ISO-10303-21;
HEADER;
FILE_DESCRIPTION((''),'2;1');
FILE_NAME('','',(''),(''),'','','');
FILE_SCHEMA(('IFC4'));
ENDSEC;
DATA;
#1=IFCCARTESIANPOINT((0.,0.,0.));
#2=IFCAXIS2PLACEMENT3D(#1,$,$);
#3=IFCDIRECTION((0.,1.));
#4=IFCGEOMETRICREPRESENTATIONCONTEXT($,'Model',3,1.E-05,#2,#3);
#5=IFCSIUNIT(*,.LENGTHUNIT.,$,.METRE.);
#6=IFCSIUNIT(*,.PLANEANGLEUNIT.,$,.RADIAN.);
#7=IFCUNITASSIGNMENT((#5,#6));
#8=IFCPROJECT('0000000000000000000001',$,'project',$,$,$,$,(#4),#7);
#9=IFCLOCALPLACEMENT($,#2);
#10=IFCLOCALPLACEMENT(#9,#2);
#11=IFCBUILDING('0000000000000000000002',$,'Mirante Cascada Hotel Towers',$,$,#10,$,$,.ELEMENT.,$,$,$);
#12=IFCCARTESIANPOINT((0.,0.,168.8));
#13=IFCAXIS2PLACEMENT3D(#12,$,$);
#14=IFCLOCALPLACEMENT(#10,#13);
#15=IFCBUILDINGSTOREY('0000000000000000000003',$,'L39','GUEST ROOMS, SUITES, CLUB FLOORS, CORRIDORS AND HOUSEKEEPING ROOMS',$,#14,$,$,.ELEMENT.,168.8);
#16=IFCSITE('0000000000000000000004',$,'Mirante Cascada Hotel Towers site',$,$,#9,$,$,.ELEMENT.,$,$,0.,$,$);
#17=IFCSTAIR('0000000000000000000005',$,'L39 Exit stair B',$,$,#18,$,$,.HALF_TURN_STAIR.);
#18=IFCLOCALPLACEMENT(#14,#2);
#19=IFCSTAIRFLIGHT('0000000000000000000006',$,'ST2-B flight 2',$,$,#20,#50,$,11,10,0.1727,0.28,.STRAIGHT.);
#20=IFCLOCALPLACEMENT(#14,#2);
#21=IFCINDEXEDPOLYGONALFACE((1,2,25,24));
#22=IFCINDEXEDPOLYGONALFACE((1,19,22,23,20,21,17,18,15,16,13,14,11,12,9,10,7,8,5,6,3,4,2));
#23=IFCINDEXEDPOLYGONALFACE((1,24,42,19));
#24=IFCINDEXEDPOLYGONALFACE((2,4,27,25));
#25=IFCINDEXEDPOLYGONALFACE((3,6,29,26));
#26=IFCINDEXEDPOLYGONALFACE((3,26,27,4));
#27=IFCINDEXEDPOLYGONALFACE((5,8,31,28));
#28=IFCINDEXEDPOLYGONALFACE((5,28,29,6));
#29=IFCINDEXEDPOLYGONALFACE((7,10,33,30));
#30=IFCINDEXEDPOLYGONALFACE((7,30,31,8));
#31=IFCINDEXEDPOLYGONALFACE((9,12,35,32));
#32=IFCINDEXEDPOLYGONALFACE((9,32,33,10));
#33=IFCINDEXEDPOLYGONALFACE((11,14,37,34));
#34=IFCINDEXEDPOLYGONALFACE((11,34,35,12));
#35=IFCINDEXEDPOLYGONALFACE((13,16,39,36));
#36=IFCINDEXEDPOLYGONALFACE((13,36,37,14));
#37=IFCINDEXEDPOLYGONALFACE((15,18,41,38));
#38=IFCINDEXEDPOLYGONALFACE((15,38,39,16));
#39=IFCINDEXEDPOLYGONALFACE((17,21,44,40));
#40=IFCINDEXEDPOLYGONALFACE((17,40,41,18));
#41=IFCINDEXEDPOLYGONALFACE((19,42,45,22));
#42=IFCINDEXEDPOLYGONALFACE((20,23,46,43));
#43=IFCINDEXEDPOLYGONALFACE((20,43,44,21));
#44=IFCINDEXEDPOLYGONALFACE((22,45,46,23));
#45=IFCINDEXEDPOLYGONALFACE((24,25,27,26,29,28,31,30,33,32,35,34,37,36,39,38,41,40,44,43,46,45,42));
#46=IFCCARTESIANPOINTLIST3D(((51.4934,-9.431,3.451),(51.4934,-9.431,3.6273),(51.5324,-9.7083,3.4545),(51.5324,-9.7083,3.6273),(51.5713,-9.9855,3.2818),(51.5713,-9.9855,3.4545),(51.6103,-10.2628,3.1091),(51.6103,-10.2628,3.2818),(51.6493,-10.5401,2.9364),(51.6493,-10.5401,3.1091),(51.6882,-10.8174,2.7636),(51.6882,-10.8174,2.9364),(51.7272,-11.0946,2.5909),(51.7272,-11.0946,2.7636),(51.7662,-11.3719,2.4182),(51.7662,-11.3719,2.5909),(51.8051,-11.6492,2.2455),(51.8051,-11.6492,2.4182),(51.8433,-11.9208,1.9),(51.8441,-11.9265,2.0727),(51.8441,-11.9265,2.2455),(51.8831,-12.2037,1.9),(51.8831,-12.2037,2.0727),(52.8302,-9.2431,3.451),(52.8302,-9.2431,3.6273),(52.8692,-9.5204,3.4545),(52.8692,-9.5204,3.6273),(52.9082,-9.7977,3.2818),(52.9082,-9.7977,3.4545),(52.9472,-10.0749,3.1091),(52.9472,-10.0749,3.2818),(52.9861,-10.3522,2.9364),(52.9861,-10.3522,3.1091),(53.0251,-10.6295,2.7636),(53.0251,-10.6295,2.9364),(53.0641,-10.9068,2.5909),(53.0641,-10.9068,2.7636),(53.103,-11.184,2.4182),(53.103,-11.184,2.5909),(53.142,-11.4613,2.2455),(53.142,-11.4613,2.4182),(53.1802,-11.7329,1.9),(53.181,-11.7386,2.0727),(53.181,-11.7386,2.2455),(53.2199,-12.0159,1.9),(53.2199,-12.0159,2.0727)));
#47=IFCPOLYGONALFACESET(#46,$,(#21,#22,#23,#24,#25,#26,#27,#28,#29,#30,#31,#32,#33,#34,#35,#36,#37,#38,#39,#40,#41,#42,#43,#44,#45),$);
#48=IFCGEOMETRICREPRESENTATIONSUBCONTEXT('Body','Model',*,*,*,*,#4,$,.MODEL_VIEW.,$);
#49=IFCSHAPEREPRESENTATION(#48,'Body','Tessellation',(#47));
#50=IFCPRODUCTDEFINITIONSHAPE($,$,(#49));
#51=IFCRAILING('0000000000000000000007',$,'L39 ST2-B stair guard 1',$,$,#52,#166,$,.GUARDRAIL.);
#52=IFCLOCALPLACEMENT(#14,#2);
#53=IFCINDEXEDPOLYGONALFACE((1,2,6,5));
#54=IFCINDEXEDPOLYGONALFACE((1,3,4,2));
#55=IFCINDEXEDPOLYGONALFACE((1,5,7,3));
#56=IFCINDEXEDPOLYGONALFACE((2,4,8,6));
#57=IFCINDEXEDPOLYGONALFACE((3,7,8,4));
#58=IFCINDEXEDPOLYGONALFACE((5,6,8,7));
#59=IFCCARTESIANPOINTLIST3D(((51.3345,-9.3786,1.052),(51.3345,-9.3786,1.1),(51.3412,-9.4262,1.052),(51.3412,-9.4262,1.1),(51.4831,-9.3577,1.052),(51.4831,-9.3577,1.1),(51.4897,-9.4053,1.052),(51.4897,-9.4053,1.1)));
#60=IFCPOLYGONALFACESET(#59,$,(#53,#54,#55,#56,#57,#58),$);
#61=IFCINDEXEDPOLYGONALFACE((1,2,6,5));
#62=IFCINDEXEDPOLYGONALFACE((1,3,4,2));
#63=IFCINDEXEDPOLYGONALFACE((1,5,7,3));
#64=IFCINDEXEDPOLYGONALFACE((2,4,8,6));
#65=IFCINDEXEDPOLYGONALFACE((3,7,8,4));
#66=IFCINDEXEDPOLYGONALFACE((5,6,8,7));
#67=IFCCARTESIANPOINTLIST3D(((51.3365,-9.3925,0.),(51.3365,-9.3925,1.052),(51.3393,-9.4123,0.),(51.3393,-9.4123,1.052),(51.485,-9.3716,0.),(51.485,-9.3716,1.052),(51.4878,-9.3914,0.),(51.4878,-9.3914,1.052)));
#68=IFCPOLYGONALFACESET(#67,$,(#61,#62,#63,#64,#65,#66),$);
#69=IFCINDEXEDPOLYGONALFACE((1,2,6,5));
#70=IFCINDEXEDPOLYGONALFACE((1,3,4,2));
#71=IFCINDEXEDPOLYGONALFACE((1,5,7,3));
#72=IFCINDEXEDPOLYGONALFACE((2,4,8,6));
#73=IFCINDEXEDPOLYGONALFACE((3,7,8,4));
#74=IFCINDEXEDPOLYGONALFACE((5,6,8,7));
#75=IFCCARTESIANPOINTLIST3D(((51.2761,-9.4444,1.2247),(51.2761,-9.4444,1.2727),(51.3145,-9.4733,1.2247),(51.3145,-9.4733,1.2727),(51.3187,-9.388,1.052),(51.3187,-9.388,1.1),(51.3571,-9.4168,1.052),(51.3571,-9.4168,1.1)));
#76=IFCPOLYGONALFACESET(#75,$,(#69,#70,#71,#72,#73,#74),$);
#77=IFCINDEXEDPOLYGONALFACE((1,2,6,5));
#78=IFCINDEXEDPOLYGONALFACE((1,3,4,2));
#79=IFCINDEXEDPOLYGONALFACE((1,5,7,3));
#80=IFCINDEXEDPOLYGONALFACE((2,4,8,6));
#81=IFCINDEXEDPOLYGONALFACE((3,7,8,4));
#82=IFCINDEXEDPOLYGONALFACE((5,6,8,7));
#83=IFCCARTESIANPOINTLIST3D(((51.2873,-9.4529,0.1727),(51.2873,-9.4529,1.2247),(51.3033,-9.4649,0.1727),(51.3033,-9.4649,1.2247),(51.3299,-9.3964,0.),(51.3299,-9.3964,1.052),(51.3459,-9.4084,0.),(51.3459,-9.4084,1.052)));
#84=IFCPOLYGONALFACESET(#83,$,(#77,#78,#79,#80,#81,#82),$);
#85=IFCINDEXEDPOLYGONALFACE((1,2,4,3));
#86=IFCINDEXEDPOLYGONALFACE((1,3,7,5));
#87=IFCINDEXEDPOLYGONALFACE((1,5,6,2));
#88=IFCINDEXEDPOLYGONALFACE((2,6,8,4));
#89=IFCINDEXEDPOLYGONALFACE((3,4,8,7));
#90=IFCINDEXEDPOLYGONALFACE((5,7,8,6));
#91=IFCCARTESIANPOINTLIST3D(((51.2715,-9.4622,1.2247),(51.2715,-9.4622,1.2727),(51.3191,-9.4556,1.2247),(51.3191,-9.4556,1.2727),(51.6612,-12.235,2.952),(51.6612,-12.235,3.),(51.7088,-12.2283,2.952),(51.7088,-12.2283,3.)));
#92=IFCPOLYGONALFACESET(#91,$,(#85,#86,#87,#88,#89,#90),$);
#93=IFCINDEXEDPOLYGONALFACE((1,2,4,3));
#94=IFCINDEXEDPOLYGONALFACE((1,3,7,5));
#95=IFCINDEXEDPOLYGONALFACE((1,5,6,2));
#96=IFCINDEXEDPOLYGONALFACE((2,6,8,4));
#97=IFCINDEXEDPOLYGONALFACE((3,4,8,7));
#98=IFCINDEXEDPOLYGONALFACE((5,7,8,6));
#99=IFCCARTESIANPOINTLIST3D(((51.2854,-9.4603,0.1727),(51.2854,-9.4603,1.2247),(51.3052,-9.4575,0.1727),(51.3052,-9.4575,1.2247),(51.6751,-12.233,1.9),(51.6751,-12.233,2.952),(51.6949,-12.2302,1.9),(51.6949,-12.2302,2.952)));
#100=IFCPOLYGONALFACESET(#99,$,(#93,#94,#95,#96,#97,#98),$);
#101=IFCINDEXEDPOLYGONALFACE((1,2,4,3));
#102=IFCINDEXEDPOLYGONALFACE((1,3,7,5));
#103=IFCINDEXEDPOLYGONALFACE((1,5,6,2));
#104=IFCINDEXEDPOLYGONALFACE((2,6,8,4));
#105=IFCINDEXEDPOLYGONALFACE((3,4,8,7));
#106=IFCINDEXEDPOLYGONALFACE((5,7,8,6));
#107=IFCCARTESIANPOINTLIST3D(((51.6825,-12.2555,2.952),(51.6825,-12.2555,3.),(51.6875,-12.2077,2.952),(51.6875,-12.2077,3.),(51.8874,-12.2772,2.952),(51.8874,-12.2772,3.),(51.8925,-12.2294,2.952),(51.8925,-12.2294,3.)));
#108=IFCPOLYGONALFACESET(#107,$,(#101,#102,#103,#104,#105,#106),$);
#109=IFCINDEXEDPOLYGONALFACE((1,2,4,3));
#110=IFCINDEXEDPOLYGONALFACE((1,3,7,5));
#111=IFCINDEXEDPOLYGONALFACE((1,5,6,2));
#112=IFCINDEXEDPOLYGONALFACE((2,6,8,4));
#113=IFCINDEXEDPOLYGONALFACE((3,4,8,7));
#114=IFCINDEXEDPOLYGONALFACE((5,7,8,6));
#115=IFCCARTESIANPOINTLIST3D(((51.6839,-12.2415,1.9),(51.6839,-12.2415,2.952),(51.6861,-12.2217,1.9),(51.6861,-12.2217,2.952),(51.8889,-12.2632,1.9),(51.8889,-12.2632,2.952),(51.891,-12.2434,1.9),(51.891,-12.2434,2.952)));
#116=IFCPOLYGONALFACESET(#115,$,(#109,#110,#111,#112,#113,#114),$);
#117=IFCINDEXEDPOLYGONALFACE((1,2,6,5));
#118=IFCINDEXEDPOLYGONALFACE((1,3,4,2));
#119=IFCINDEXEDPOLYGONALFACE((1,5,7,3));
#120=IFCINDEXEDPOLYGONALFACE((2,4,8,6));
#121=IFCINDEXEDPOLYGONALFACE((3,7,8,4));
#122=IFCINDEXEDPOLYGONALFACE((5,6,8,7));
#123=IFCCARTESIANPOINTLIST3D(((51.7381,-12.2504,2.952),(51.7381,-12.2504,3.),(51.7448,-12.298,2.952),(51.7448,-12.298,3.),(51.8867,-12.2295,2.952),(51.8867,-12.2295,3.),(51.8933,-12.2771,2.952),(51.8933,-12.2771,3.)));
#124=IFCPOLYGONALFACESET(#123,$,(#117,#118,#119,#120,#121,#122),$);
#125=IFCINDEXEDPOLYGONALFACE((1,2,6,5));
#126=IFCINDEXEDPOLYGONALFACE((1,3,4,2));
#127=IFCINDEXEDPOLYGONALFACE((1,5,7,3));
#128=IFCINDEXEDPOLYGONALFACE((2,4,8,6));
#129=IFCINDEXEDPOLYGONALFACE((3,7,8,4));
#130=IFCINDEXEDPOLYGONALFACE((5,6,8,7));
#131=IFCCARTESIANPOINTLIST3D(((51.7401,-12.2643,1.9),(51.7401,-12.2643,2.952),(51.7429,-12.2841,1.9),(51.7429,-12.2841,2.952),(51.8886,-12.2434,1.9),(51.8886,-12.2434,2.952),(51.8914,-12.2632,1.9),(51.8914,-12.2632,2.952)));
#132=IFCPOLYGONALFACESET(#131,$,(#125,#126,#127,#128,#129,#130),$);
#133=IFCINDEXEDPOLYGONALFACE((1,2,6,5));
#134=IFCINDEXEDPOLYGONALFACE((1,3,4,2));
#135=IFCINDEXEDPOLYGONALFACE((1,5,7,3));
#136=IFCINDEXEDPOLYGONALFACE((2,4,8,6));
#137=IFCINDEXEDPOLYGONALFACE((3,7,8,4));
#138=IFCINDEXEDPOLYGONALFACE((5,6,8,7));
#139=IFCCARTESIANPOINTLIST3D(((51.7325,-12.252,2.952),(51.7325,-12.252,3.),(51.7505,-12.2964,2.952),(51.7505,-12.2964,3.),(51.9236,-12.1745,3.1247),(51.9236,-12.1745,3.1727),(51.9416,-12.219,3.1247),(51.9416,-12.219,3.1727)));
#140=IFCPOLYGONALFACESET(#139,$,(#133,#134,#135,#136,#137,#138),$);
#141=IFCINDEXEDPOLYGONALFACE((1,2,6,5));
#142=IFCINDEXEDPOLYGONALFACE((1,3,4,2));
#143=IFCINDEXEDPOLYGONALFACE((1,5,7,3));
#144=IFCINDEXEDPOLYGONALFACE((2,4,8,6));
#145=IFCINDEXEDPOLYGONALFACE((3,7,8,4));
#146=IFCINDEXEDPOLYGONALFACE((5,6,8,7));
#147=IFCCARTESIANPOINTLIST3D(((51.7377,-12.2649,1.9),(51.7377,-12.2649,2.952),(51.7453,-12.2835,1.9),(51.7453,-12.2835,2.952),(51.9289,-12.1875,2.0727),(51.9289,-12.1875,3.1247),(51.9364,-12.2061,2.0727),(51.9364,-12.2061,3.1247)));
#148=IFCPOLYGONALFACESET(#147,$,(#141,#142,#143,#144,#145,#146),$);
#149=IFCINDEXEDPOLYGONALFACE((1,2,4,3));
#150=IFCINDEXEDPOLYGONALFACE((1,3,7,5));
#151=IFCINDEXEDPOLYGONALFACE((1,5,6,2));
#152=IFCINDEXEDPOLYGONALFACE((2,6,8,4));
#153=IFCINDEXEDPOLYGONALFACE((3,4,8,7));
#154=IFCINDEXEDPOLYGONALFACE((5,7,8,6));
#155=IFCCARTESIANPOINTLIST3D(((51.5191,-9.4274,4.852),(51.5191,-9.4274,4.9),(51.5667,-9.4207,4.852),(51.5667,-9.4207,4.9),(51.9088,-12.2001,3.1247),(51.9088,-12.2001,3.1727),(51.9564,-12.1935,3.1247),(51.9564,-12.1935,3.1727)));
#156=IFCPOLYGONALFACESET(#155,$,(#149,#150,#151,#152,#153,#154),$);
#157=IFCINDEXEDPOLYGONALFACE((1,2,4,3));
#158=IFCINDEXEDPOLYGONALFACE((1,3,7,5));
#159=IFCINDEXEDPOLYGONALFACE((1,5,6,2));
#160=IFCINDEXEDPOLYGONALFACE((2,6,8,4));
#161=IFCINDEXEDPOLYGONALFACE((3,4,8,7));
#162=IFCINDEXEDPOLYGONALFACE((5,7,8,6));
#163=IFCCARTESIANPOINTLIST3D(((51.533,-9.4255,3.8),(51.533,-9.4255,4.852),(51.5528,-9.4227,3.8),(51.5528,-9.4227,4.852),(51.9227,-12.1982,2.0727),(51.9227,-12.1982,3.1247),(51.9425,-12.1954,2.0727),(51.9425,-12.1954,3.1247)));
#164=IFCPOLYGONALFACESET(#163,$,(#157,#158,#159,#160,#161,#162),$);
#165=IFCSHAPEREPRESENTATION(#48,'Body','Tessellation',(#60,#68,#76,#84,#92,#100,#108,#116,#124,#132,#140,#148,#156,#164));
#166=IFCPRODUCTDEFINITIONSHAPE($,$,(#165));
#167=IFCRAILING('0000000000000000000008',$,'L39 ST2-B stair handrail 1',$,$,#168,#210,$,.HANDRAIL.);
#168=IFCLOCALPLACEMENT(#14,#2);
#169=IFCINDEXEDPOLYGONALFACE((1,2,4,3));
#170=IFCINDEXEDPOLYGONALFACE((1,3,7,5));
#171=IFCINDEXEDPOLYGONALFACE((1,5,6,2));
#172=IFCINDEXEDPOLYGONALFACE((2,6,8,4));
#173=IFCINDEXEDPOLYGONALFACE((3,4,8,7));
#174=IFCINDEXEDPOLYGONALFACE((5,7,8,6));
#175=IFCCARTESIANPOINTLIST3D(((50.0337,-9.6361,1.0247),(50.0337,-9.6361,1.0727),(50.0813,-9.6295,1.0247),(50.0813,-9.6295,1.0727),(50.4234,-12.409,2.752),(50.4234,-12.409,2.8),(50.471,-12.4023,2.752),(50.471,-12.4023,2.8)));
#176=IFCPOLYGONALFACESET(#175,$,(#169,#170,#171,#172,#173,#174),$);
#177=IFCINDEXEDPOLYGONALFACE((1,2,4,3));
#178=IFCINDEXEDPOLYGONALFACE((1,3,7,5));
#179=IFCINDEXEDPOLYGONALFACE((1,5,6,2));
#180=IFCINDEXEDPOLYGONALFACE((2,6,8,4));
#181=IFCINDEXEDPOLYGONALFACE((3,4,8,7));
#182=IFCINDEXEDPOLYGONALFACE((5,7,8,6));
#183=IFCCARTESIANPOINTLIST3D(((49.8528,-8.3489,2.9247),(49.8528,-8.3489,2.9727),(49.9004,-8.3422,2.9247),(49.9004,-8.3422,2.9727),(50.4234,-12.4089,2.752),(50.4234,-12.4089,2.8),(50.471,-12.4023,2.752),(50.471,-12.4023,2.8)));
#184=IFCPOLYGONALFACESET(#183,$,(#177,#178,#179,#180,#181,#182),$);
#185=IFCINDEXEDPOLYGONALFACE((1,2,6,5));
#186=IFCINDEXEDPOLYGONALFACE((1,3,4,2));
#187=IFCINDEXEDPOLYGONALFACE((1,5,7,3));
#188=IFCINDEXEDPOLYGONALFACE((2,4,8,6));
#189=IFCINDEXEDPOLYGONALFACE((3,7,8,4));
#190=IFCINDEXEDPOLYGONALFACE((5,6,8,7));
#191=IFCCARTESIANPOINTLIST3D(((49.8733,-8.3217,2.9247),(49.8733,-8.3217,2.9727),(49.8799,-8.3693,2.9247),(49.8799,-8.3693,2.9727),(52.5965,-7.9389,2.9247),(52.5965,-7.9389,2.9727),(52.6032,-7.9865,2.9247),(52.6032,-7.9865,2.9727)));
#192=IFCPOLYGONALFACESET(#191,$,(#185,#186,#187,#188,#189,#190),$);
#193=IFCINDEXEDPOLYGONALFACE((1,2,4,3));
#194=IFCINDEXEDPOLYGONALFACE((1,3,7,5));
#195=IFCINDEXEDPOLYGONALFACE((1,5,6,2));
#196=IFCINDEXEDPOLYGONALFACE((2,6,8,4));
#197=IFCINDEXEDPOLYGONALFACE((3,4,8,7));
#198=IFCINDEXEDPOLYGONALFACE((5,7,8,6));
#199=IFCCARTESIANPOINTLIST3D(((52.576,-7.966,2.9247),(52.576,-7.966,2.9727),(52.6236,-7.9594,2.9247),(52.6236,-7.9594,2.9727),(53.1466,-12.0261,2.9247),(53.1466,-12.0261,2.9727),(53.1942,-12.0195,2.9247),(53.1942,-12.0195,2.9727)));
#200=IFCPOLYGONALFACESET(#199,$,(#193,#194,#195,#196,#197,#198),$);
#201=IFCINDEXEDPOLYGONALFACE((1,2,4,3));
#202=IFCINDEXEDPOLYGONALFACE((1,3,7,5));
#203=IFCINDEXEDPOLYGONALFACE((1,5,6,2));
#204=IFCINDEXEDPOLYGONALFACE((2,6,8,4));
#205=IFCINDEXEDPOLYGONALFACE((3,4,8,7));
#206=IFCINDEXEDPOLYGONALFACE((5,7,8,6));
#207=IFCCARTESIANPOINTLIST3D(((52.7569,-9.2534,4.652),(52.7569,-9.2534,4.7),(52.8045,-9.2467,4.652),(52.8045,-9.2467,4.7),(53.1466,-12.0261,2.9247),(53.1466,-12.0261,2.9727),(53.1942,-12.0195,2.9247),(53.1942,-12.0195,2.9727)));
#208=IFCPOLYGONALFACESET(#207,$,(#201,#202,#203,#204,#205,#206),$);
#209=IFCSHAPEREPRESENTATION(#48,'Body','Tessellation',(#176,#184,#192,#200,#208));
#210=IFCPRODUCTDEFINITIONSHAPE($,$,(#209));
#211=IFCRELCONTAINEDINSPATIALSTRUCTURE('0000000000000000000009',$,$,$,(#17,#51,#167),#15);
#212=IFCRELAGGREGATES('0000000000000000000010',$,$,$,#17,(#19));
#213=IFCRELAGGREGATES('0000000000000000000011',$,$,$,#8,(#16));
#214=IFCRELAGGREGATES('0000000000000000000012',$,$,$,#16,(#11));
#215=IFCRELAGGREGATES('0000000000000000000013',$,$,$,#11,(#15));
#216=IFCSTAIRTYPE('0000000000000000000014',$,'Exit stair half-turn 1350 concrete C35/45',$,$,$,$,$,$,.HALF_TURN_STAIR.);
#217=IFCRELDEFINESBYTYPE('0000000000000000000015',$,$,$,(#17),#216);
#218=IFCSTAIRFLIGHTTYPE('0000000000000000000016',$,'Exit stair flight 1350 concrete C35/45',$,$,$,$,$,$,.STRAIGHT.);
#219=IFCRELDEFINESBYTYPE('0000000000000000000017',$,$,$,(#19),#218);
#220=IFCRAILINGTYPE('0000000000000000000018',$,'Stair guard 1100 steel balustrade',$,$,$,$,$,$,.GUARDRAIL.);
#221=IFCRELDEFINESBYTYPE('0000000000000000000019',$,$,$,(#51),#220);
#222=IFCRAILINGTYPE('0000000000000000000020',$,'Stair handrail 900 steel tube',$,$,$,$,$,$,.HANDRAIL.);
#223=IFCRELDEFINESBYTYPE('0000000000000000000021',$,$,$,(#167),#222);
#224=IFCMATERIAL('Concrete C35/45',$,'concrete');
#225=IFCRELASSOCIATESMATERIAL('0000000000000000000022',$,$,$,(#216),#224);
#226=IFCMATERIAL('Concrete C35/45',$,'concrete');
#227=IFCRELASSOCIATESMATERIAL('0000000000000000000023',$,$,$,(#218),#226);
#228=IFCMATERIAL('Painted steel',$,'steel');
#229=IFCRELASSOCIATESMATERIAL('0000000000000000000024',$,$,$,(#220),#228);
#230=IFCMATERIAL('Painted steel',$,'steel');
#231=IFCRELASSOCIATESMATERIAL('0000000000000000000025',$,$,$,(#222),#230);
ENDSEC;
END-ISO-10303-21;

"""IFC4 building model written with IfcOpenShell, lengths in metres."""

from ifc_helpers import new_model, si_unit, direction, frame, origin, origin_2d, place, context, subcontext, project, spatial, polyline, rectangle, outline, extrude, material, type_object, element, aggregate, save


model = new_model("IFC4")

# Units and contexts
model_context = context("Model", 3, precision=1e-05, world=origin(), true_north=direction((0.0, 1.0)))
body_context = subcontext(model_context, "Body", "Model", "MODEL_VIEW")
ifc_project = project(units=[si_unit("LENGTHUNIT", "METRE"), si_unit("PLANEANGLEUNIT", "RADIAN")], contexts=[model_context])

# Site, building, storey
site_placement = place(None, origin())
site = spatial("IfcSite", under=ifc_project, at=site_placement, Name="Mirante Cascada Hotel Towers site", CompositionType="ELEMENT", RefElevation=0.0)
building_placement = place(site_placement, origin())
building = spatial("IfcBuilding", under=site, at=building_placement, Name="Mirante Cascada Hotel Towers", CompositionType="ELEMENT")
storey_placement = place(building_placement, frame((0.0, 0.0, 168.8)))
storey = spatial("IfcBuildingStorey", under=building, at=storey_placement, Name="L39", Description="GUEST ROOMS, SUITES, CLUB FLOORS, CORRIDORS AND HOUSEKEEPING ROOMS", CompositionType="ELEMENT", Elevation=168.8)

# Stair, stair flight
ifc_material_1 = material(Name="Concrete C35/45", Category="concrete")
stair_type = type_object("IfcStairType", Name="Exit stair half-turn 1350 concrete C35/45", PredefinedType="HALF_TURN_STAIR", material=ifc_material_1)
stair_placement = place(storey_placement, origin())
stair = element("IfcStair", 1, at=stair_placement, inside=storey, type_object=stair_type, Name="L39 Exit stair B", PredefinedType="HALF_TURN_STAIR")
ifc_material_2 = material(Name="Concrete C35/45", Category="concrete")
stair_flight_type = type_object("IfcStairFlightType", Name="Exit stair flight 1350 concrete C35/45", PredefinedType="STRAIGHT", material=ifc_material_2)
stair_flight_1_placement = place(storey_placement, frame((52.5515, -12.1098, 1.9), z_axis=(0.0, 0.0, 1.0), x_axis=(-0.139173, 0.990268, 0.0)))
stair_flight_1 = element("IfcStairFlight", 2, at=stair_flight_1_placement, type_object=stair_flight_type, Name="ST2-B flight 2", NumberOfRisers=11, NumberOfTreads=10, PredefinedType="STRAIGHT", RiserHeight=0.1727, TreadLength=0.28, context=body_context, shape_type="SweptSolid", body=[
    extrude(outline(polyline([(0.0, 0.0), (0.0, 0.1727), (0.28, 0.1727), (0.28, 0.3455), (0.56, 0.3455), (0.56, 0.5182), (0.84, 0.5182), (0.84, 0.6909), (1.12, 0.6909), (1.12, 0.8636), (1.4, 0.8636), (1.4, 1.0364), (1.68, 1.0364), (1.68, 1.2091), (1.96, 1.2091), (1.96, 1.3818), (2.24, 1.3818), (2.24, 1.5545), (2.52, 1.5545), (2.52, 1.7273), (2.8, 1.7273), (2.8, 1.9), (2.8, 1.551), (0.2857, 0.0), (0.0, 0.0)])), frame((0.0, 0.675, 0.0), z_axis=(0.0, -1.0, 0.0), x_axis=(1.0, 0.0, 0.0)), (0.0, 0.0, 1.0), 1.35),
])
aggregate(stair, [stair_flight_1])

# Railings
ifc_material_3 = material(Name="Painted steel", Category="steel")
railing_type_1 = type_object("IfcRailingType", Name="Stair guard 1100 steel balustrade", PredefinedType="GUARDRAIL", material=ifc_material_3)
railing_1_placement = place(storey_placement, frame((51.4864, -9.3815, 0.0)))
element("IfcRailing", 3, at=railing_1_placement, inside=storey, type_object=railing_type_1, Name="L39 ST2-B stair guard 1", PredefinedType="GUARDRAIL", context=body_context, shape_type="SweptSolid", body=[
    extrude(rectangle(XDim=0.048, YDim=0.048, at=origin_2d()), frame((0.0, 0.0, 1.076), z_axis=(-0.990241, -0.139367, 0.0), x_axis=(0.139367, -0.990241, 0.0)), (0.0, 0.0, 1.0), 0.15),
    extrude(rectangle(XDim=0.02, YDim=1.052, at=origin_2d()), frame((0.0, 0.0, 0.526), z_axis=(-0.990241, -0.139367, 0.0), x_axis=(0.139367, -0.990241, 0.0)), (0.0, 0.0, 1.0), 0.15),
    extrude(rectangle(XDim=0.048, YDim=0.048, at=origin_2d()), frame((-0.1485, -0.0209, 1.076), z_axis=(-0.602033, -0.798471, 0.0), x_axis=(0.798471, -0.602033, 0.0)), (0.0, 0.92534, 0.379139), 0.1866),
    extrude(rectangle(XDim=0.02, YDim=1.052, at=origin_2d()), frame((-0.1485, -0.0209, 0.526), z_axis=(-0.602033, -0.798471, 0.0), x_axis=(0.798471, -0.602033, 0.0)), (0.0, 0.92534, 0.379139), 0.1866),
    extrude(rectangle(XDim=0.048, YDim=0.048, at=origin_2d()), frame((-0.1911, -0.0774, 1.2487), z_axis=(0.139181, -0.990267, 0.0), x_axis=(0.990267, 0.139181, 0.0)), (0.0, 0.525035, 0.851081), 3.2899),
    extrude(rectangle(XDim=0.02, YDim=1.052, at=origin_2d()), frame((-0.1911, -0.0774, 0.6987), z_axis=(0.139181, -0.990267, 0.0), x_axis=(0.990267, 0.139181, 0.0)), (0.0, 0.525035, 0.851081), 3.2899),
    extrude(rectangle(XDim=0.048, YDim=0.048, at=origin_2d()), frame((0.1986, -2.8501, 2.976), z_axis=(0.994444, -0.105266, 0.0), x_axis=(0.105266, 0.994444, 0.0)), (0.0, 0.0, 1.0), 0.2061),
    extrude(rectangle(XDim=0.02, YDim=1.052, at=origin_2d()), frame((0.1986, -2.8501, 2.426), z_axis=(0.994444, -0.105266, 0.0), x_axis=(0.105266, 0.994444, 0.0)), (0.0, 0.0, 1.0), 0.2061),
    extrude(rectangle(XDim=0.048, YDim=0.048, at=origin_2d()), frame((0.4036, -2.8718, 2.976), z_axis=(-0.990241, -0.139367, 0.0), x_axis=(0.139367, -0.990241, 0.0)), (0.0, 0.0, 1.0), 0.15),
    extrude(rectangle(XDim=0.02, YDim=1.052, at=origin_2d()), frame((0.4036, -2.8718, 2.426), z_axis=(-0.990241, -0.139367, 0.0), x_axis=(0.139367, -0.990241, 0.0)), (0.0, 0.0, 1.0), 0.15),
    extrude(rectangle(XDim=0.048, YDim=0.048, at=origin_2d()), frame((0.2551, -2.8927, 2.976), z_axis=(0.926862, 0.375401, 0.0), x_axis=(-0.375401, 0.926862, 0.0)), (0.0, 0.642122, 0.766603), 0.269),
    extrude(rectangle(XDim=0.02, YDim=1.052, at=origin_2d()), frame((0.2551, -2.8927, 2.426), z_axis=(0.926862, 0.375401, 0.0), x_axis=(-0.375401, 0.926862, 0.0)), (0.0, 0.642122, 0.766603), 0.269),
    extrude(rectangle(XDim=0.048, YDim=0.048, at=origin_2d()), frame((0.4462, -2.8153, 3.1487), z_axis=(-0.139181, 0.990267, 0.0), x_axis=(-0.990267, -0.139181, 0.0)), (0.0, 0.525035, 0.851081), 3.2899),
    extrude(rectangle(XDim=0.02, YDim=1.052, at=origin_2d()), frame((0.4462, -2.8153, 2.5987), z_axis=(-0.139181, 0.990267, 0.0), x_axis=(-0.990267, -0.139181, 0.0)), (0.0, 0.525035, 0.851081), 3.2899),
])
ifc_material_4 = material(Name="Painted steel", Category="steel")
railing_type_2 = type_object("IfcRailingType", Name="Stair handrail 900 steel tube", PredefinedType="HANDRAIL", material=ifc_material_4)
railing_2_placement = place(storey_placement, frame((50.0575, -9.6328, 0.1727)))
element("IfcRailing", 4, at=railing_2_placement, inside=storey, type_object=railing_type_2, Name="L39 ST2-B stair handrail 1", PredefinedType="HANDRAIL", context=body_context, shape_type="SweptSolid", body=[
    extrude(rectangle(XDim=0.048, YDim=0.048, at=origin_2d()), frame((0.0, 0.0, 0.876), z_axis=(0.139176, -0.990268, 0.0), x_axis=(0.990268, 0.139176, 0.0)), (0.0, 0.525021, 0.851089), 3.29),
    extrude(rectangle(XDim=0.048, YDim=0.048, at=origin_2d()), frame((0.3897, -2.7728, 2.6033), z_axis=(-0.139171, 0.990268, 0.0), x_axis=(-0.990268, -0.139171, 0.0)), (0.0, 0.042085, 0.999114), 4.1036),
    extrude(rectangle(XDim=0.048, YDim=0.048, at=origin_2d()), frame((-0.1809, 1.2873, 2.776), z_axis=(0.990264, 0.139201, 0.0), x_axis=(-0.139201, 0.990264, 0.0)), (0.0, 0.0, 1.0), 2.75),
    extrude(rectangle(XDim=0.048, YDim=0.048, at=origin_2d()), frame((2.5423, 1.6701, 2.776), z_axis=(0.139171, -0.990268, 0.0), x_axis=(0.990268, 0.139171, 0.0)), (0.0, 0.0, 1.0), 4.1),
    extrude(rectangle(XDim=0.048, YDim=0.048, at=origin_2d()), frame((3.1129, -2.39, 2.776), z_axis=(-0.139181, 0.990267, 0.0), x_axis=(-0.990267, -0.139181, 0.0)), (0.0, 0.525035, 0.851081), 3.2899),
])

save(model, "model.ifc")
